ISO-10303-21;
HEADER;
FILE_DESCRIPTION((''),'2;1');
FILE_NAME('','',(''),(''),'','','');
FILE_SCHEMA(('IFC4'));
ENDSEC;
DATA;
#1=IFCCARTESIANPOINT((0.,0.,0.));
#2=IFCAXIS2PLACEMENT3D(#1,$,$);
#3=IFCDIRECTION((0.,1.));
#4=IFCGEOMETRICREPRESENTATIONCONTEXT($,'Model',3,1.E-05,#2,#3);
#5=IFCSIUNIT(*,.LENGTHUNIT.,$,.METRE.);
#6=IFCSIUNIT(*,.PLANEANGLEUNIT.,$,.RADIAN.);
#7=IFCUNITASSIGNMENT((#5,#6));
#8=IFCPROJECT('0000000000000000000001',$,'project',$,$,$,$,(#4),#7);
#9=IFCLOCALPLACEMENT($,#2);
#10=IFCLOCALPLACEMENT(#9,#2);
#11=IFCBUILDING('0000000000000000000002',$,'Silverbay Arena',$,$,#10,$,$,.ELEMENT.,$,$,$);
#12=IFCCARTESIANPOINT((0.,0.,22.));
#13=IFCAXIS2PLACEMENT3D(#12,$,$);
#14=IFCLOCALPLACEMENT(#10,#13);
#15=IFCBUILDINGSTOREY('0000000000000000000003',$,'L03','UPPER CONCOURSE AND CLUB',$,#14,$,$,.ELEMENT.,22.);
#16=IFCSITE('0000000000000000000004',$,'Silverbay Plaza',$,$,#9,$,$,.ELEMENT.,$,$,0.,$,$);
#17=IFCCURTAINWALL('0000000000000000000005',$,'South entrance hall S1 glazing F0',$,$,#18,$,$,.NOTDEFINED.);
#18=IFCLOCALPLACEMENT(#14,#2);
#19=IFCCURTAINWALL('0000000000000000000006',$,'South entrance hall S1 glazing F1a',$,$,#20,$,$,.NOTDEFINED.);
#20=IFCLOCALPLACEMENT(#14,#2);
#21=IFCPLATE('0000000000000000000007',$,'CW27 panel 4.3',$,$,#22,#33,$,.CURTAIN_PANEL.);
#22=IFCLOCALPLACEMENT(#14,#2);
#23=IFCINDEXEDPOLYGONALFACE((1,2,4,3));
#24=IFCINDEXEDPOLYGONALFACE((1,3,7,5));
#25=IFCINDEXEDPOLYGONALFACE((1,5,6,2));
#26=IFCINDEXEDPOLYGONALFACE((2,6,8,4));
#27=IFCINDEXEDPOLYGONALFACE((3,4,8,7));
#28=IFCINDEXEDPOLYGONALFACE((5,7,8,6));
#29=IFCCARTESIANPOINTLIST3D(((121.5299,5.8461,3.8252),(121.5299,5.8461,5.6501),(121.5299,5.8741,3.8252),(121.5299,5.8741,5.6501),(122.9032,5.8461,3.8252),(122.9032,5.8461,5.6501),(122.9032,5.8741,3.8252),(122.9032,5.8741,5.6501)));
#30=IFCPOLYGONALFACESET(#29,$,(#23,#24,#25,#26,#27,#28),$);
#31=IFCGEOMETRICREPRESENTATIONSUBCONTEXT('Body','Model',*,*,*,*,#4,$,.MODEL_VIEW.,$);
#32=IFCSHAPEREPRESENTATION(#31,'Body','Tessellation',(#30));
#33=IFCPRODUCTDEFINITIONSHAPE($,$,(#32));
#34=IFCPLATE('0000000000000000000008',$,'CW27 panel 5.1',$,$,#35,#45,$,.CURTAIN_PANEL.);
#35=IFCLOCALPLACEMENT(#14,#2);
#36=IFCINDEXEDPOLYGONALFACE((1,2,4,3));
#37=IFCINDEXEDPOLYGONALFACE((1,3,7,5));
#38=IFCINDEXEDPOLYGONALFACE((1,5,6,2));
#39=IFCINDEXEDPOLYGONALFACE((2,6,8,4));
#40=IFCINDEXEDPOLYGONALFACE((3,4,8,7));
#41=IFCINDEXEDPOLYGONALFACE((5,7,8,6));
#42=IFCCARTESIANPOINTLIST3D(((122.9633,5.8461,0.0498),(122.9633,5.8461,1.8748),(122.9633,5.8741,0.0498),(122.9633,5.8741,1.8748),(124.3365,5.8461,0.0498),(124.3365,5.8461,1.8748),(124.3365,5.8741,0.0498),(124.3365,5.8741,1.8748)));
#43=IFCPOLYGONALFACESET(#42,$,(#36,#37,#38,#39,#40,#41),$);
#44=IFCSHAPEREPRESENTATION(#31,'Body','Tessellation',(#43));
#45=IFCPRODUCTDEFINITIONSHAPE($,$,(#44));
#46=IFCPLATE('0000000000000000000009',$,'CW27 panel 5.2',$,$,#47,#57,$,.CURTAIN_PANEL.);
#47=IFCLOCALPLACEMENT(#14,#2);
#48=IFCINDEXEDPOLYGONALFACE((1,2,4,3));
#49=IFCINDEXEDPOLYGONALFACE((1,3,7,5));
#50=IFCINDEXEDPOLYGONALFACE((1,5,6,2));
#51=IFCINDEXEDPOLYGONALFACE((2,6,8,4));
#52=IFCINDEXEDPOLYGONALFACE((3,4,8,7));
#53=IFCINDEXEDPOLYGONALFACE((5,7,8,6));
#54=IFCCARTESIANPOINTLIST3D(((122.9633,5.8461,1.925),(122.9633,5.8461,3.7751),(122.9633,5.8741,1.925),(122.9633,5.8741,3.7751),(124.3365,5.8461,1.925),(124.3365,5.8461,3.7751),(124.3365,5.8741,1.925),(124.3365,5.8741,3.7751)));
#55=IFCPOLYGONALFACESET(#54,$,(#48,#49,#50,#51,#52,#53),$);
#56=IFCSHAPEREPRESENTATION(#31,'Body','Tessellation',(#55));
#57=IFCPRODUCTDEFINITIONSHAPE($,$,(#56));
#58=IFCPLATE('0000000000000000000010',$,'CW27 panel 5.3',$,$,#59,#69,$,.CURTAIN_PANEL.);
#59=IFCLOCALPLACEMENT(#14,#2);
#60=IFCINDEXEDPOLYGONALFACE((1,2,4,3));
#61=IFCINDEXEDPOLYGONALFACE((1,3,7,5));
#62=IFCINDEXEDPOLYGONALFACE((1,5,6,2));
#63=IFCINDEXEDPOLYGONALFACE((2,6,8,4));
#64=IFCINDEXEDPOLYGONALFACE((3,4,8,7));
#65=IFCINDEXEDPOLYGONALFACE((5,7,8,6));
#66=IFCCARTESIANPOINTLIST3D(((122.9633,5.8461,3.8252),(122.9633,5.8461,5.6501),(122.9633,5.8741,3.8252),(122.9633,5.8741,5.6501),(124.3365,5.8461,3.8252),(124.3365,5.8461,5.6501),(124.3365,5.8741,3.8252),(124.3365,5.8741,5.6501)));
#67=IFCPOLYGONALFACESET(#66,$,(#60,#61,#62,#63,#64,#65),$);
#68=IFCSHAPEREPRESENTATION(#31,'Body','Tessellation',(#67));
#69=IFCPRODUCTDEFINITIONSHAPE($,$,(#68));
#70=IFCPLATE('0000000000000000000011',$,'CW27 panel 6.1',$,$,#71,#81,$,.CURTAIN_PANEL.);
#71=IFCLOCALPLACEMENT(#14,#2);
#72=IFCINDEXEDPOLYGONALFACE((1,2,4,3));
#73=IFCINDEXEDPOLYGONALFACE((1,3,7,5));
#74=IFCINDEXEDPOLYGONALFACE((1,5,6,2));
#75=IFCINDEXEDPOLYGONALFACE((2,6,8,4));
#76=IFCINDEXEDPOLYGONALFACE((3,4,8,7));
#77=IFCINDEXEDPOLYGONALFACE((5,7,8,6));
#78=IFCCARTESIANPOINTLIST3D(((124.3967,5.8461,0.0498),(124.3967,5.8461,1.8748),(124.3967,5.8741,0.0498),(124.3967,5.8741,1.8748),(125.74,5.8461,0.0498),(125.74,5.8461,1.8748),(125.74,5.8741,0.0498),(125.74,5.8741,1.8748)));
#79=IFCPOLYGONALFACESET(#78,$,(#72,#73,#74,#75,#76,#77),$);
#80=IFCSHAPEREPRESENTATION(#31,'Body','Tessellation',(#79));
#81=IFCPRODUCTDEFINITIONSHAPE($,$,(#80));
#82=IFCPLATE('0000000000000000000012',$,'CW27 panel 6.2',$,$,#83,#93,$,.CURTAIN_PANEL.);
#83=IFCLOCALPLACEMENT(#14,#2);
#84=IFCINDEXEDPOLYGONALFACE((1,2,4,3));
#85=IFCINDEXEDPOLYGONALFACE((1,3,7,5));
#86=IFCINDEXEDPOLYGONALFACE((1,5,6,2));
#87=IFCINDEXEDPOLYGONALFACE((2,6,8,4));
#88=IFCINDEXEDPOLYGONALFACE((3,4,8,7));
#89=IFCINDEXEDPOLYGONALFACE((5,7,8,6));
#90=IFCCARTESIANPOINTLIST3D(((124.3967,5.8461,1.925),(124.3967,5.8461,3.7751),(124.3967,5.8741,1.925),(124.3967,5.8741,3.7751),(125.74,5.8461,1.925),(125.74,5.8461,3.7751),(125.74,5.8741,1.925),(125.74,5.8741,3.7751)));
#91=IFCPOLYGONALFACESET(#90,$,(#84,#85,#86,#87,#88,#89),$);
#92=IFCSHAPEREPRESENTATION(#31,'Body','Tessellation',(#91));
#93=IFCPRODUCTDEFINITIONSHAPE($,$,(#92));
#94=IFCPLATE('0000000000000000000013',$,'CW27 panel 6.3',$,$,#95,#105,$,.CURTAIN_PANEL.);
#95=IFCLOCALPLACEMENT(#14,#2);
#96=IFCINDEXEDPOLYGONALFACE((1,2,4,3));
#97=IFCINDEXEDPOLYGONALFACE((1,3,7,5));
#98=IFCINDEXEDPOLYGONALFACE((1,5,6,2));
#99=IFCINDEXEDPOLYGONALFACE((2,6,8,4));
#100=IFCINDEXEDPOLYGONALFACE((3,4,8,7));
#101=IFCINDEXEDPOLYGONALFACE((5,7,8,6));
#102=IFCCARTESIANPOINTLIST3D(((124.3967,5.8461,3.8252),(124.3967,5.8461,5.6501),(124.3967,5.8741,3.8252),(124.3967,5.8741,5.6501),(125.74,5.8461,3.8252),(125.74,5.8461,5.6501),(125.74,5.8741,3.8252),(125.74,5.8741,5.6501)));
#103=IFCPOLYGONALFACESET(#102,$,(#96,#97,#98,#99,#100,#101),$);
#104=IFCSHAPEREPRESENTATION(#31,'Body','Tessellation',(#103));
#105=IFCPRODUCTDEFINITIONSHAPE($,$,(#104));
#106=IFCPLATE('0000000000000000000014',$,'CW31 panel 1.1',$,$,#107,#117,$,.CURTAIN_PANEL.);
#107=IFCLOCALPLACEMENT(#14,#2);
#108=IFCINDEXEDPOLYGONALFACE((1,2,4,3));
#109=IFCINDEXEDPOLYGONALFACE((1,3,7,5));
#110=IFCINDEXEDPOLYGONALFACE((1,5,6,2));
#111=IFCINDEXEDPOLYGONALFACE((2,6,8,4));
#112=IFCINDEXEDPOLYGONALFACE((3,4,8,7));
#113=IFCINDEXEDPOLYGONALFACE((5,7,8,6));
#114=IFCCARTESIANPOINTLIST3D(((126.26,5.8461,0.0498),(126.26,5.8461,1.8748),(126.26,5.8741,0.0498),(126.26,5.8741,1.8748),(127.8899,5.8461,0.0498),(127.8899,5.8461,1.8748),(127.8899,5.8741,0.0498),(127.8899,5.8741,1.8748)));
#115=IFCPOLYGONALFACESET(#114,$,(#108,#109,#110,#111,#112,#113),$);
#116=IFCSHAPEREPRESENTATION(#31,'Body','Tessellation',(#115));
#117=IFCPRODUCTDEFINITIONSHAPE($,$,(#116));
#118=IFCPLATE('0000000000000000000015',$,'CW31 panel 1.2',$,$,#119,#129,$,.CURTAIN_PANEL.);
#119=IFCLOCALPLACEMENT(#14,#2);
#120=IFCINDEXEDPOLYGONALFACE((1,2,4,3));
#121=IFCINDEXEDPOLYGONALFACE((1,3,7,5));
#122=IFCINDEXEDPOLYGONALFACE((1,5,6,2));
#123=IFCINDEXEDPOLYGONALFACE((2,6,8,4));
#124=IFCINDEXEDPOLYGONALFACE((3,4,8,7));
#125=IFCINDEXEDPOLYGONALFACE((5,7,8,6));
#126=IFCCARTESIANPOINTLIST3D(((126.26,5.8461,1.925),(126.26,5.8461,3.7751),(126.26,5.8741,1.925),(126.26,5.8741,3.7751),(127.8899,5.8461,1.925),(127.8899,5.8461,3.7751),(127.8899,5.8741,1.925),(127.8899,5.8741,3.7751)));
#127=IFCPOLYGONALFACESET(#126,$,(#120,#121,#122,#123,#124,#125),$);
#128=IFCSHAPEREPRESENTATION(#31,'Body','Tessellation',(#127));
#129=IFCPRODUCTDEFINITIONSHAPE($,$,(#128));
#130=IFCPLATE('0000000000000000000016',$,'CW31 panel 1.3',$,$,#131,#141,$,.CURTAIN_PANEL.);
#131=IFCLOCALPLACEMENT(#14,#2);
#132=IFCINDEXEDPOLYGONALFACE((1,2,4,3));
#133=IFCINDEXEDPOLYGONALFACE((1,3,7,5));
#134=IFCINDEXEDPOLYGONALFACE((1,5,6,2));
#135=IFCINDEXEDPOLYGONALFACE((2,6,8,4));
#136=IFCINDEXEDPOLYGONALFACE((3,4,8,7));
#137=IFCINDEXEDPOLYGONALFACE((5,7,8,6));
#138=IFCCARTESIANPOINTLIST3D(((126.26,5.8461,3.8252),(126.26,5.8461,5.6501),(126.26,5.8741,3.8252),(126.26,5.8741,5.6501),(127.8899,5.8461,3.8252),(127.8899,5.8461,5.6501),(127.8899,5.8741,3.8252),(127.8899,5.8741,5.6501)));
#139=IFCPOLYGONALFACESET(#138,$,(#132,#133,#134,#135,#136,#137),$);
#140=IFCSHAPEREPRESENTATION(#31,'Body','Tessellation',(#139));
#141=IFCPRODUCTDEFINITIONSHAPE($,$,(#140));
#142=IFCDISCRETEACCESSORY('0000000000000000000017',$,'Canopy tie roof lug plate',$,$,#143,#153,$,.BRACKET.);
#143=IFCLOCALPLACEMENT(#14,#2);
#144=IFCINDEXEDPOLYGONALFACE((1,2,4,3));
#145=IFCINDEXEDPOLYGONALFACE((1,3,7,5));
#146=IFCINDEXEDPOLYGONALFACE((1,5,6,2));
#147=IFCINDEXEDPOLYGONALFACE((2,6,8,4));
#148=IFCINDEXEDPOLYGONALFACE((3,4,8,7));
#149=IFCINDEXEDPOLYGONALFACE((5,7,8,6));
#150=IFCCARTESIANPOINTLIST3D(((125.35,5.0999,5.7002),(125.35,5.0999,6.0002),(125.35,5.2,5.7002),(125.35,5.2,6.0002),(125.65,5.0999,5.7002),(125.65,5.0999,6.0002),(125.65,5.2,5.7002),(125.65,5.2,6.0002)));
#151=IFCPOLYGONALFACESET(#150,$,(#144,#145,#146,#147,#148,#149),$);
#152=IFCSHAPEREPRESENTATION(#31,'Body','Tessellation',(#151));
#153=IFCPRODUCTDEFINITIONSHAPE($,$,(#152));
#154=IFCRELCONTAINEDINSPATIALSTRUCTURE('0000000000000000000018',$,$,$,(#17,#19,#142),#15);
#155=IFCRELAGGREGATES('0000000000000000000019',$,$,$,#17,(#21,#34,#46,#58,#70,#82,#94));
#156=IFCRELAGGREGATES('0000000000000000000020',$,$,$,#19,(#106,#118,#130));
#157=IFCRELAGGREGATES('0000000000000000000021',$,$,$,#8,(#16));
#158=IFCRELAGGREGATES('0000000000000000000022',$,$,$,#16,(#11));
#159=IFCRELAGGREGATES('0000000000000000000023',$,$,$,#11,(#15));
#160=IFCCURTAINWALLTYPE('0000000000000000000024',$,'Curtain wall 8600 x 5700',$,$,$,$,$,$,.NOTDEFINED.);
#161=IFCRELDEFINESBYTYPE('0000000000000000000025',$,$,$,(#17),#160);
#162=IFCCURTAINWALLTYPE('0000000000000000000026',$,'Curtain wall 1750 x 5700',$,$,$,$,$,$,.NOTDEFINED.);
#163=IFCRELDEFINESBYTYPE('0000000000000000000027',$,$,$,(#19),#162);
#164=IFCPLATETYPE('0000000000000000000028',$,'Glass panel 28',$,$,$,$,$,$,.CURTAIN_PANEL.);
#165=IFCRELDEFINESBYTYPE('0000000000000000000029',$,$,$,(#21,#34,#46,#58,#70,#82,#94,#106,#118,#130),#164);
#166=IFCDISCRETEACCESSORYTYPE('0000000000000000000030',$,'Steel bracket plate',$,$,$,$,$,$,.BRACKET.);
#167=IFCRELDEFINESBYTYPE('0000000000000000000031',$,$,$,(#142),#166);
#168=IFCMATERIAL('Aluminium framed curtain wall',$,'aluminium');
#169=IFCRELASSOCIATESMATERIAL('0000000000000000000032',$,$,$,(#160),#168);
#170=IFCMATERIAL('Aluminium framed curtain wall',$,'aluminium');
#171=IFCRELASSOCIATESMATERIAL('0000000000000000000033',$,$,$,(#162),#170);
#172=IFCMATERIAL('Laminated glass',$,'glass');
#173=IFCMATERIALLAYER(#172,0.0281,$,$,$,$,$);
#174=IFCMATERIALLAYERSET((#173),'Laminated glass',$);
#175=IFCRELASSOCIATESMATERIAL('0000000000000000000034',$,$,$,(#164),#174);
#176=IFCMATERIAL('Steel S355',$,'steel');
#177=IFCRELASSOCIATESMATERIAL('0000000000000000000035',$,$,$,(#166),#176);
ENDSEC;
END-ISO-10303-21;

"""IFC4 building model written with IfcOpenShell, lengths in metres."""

from ifc_helpers import new_model, si_unit, direction, frame, origin, origin_2d, place, context, subcontext, project, spatial, rectangle, extrude, material, layer, layer_set, type_object, element, aggregate, save


model = new_model("IFC4")

# Units and contexts
model_context = context("Model", 3, precision=1e-05, world=origin(), true_north=direction((0.0, 1.0)))
body_context = subcontext(model_context, "Body", "Model", "MODEL_VIEW")
ifc_project = project(units=[si_unit("LENGTHUNIT", "METRE"), si_unit("PLANEANGLEUNIT", "RADIAN")], contexts=[model_context])

# Site, building, storey
site_placement = place(None, origin())
site = spatial("IfcSite", under=ifc_project, at=site_placement, Name="Silverbay Plaza", CompositionType="ELEMENT", RefElevation=0.0)
building_placement = place(site_placement, origin())
building = spatial("IfcBuilding", under=site, at=building_placement, Name="Silverbay Arena", CompositionType="ELEMENT")
storey_placement = place(building_placement, frame((0.0, 0.0, 22.0)))
storey = spatial("IfcBuildingStorey", under=building, at=storey_placement, Name="L03", Description="UPPER CONCOURSE AND CLUB", CompositionType="ELEMENT", Elevation=22.0)

# Curtain walls
ifc_material_1 = material(Name="Aluminium framed curtain wall", Category="aluminium")
curtain_wall_type_1 = type_object("IfcCurtainWallType", Name="Curtain wall 8600 x 5700", PredefinedType="NOTDEFINED", material=ifc_material_1)
curtain_wall_1_placement = place(storey_placement, origin())
curtain_wall_1 = element("IfcCurtainWall", 1, at=curtain_wall_1_placement, inside=storey, type_object=curtain_wall_type_1, Name="South entrance hall S1 glazing F0", PredefinedType="NOTDEFINED")
ifc_material_2 = material(Name="Aluminium framed curtain wall", Category="aluminium")
curtain_wall_type_2 = type_object("IfcCurtainWallType", Name="Curtain wall 1750 x 5700", PredefinedType="NOTDEFINED", material=ifc_material_2)
curtain_wall_2_placement = place(storey_placement, origin())
curtain_wall_2 = element("IfcCurtainWall", 2, at=curtain_wall_2_placement, inside=storey, type_object=curtain_wall_type_2, Name="South entrance hall S1 glazing F1a", PredefinedType="NOTDEFINED")

# Plates
ifc_material_3 = material(Name="Laminated glass", Category="glass")
ifc_layer = layer(ifc_material_3, 0.0281)
ifc_layer_set = layer_set([ifc_layer], Name="Laminated glass")
plate_type = type_object("IfcPlateType", Name="Glass panel 28", PredefinedType="CURTAIN_PANEL", material=ifc_layer_set)
plate_1_placement = place(storey_placement, frame((122.2166, 5.8601, 3.8252), z_axis=(0.0, 0.0, 1.0), x_axis=(1.0, 0.0, 0.0)))
plate_1 = element("IfcPlate", 3, at=plate_1_placement, type_object=plate_type, Name="CW27 panel 4.3", PredefinedType="CURTAIN_PANEL", context=body_context, shape_type="SweptSolid", body=[
    extrude(rectangle(XDim=1.3733, YDim=0.0281, at=origin_2d()), origin(), (0.0, 0.0, 1.0), 1.825),
])
plate_2_placement = place(storey_placement, frame((123.6499, 5.8601, 0.0498), z_axis=(0.0, 0.0, 1.0), x_axis=(1.0, 0.0, 0.0)))
plate_2 = element("IfcPlate", 4, at=plate_2_placement, type_object=plate_type, Name="CW27 panel 5.1", PredefinedType="CURTAIN_PANEL", context=body_context, shape_type="SweptSolid", body=[
    extrude(rectangle(XDim=1.3733, YDim=0.0281, at=origin_2d()), origin(), (0.0, 0.0, 1.0), 1.825),
])
plate_3_placement = place(storey_placement, frame((123.6499, 5.8601, 1.925), z_axis=(0.0, 0.0, 1.0), x_axis=(1.0, 0.0, 0.0)))
plate_3 = element("IfcPlate", 5, at=plate_3_placement, type_object=plate_type, Name="CW27 panel 5.2", PredefinedType="CURTAIN_PANEL", context=body_context, shape_type="SweptSolid", body=[
    extrude(rectangle(XDim=1.3733, YDim=0.0281, at=origin_2d()), origin(), (0.0, 0.0, 1.0), 1.8501),
])
plate_4_placement = place(storey_placement, frame((123.6499, 5.8601, 3.8252), z_axis=(0.0, 0.0, 1.0), x_axis=(1.0, 0.0, 0.0)))
plate_4 = element("IfcPlate", 6, at=plate_4_placement, type_object=plate_type, Name="CW27 panel 5.3", PredefinedType="CURTAIN_PANEL", context=body_context, shape_type="SweptSolid", body=[
    extrude(rectangle(XDim=1.3733, YDim=0.0281, at=origin_2d()), origin(), (0.0, 0.0, 1.0), 1.825),
])
plate_5_placement = place(storey_placement, frame((125.0684, 5.8601, 0.0498), z_axis=(0.0, 0.0, 1.0), x_axis=(1.0, 0.0, 0.0)))
plate_5 = element("IfcPlate", 7, at=plate_5_placement, type_object=plate_type, Name="CW27 panel 6.1", PredefinedType="CURTAIN_PANEL", context=body_context, shape_type="SweptSolid", body=[
    extrude(rectangle(XDim=1.3433, YDim=0.0281, at=origin_2d()), origin(), (0.0, 0.0, 1.0), 1.825),
])
plate_6_placement = place(storey_placement, frame((125.0684, 5.8601, 1.925), z_axis=(0.0, 0.0, 1.0), x_axis=(1.0, 0.0, 0.0)))
plate_6 = element("IfcPlate", 8, at=plate_6_placement, type_object=plate_type, Name="CW27 panel 6.2", PredefinedType="CURTAIN_PANEL", context=body_context, shape_type="SweptSolid", body=[
    extrude(rectangle(XDim=1.3433, YDim=0.0281, at=origin_2d()), origin(), (0.0, 0.0, 1.0), 1.8501),
])
plate_7_placement = place(storey_placement, frame((125.0684, 5.8601, 3.8252), z_axis=(0.0, 0.0, 1.0), x_axis=(1.0, 0.0, 0.0)))
plate_7 = element("IfcPlate", 9, at=plate_7_placement, type_object=plate_type, Name="CW27 panel 6.3", PredefinedType="CURTAIN_PANEL", context=body_context, shape_type="SweptSolid", body=[
    extrude(rectangle(XDim=1.3433, YDim=0.0281, at=origin_2d()), origin(), (0.0, 0.0, 1.0), 1.825),
])
aggregate(curtain_wall_1, [plate_1, plate_2, plate_3, plate_4, plate_5, plate_6, plate_7])
plate_8_placement = place(storey_placement, frame((127.075, 5.8601, 0.0498), z_axis=(0.0, 0.0, 1.0), x_axis=(1.0, 0.0, 0.0)))
plate_8 = element("IfcPlate", 10, at=plate_8_placement, type_object=plate_type, Name="CW31 panel 1.1", PredefinedType="CURTAIN_PANEL", context=body_context, shape_type="SweptSolid", body=[
    extrude(rectangle(XDim=1.6299, YDim=0.0281, at=origin_2d()), origin(), (0.0, 0.0, 1.0), 1.825),
])
plate_9_placement = place(storey_placement, frame((127.075, 5.8601, 1.925), z_axis=(0.0, 0.0, 1.0), x_axis=(1.0, 0.0, 0.0)))
plate_9 = element("IfcPlate", 11, at=plate_9_placement, type_object=plate_type, Name="CW31 panel 1.2", PredefinedType="CURTAIN_PANEL", context=body_context, shape_type="SweptSolid", body=[
    extrude(rectangle(XDim=1.6299, YDim=0.0281, at=origin_2d()), origin(), (0.0, 0.0, 1.0), 1.8501),
])
plate_10_placement = place(storey_placement, frame((127.075, 5.8601, 3.8252), z_axis=(0.0, 0.0, 1.0), x_axis=(1.0, 0.0, 0.0)))
plate_10 = element("IfcPlate", 12, at=plate_10_placement, type_object=plate_type, Name="CW31 panel 1.3", PredefinedType="CURTAIN_PANEL", context=body_context, shape_type="SweptSolid", body=[
    extrude(rectangle(XDim=1.6299, YDim=0.0281, at=origin_2d()), origin(), (0.0, 0.0, 1.0), 1.825),
])
aggregate(curtain_wall_2, [plate_8, plate_9, plate_10])

# Discrete accessory
ifc_material_4 = material(Name="Steel S355", Category="steel")
discrete_accessory_type = type_object("IfcDiscreteAccessoryType", Name="Steel bracket plate", PredefinedType="BRACKET", material=ifc_material_4)
discrete_accessory_placement = place(storey_placement, frame((125.5, 5.1499, 5.7002), z_axis=(0.0, 0.0, 1.0), x_axis=(1.0, 0.0, 0.0)))
element("IfcDiscreteAccessory", 13, at=discrete_accessory_placement, inside=storey, type_object=discrete_accessory_type, Name="Canopy tie roof lug plate", PredefinedType="BRACKET", context=body_context, shape_type="SweptSolid", body=[
    extrude(rectangle(XDim=0.3, YDim=0.1001, at=origin_2d()), origin(), (0.0, 0.0, 1.0), 0.3),
])

save(model, "model.ifc")
